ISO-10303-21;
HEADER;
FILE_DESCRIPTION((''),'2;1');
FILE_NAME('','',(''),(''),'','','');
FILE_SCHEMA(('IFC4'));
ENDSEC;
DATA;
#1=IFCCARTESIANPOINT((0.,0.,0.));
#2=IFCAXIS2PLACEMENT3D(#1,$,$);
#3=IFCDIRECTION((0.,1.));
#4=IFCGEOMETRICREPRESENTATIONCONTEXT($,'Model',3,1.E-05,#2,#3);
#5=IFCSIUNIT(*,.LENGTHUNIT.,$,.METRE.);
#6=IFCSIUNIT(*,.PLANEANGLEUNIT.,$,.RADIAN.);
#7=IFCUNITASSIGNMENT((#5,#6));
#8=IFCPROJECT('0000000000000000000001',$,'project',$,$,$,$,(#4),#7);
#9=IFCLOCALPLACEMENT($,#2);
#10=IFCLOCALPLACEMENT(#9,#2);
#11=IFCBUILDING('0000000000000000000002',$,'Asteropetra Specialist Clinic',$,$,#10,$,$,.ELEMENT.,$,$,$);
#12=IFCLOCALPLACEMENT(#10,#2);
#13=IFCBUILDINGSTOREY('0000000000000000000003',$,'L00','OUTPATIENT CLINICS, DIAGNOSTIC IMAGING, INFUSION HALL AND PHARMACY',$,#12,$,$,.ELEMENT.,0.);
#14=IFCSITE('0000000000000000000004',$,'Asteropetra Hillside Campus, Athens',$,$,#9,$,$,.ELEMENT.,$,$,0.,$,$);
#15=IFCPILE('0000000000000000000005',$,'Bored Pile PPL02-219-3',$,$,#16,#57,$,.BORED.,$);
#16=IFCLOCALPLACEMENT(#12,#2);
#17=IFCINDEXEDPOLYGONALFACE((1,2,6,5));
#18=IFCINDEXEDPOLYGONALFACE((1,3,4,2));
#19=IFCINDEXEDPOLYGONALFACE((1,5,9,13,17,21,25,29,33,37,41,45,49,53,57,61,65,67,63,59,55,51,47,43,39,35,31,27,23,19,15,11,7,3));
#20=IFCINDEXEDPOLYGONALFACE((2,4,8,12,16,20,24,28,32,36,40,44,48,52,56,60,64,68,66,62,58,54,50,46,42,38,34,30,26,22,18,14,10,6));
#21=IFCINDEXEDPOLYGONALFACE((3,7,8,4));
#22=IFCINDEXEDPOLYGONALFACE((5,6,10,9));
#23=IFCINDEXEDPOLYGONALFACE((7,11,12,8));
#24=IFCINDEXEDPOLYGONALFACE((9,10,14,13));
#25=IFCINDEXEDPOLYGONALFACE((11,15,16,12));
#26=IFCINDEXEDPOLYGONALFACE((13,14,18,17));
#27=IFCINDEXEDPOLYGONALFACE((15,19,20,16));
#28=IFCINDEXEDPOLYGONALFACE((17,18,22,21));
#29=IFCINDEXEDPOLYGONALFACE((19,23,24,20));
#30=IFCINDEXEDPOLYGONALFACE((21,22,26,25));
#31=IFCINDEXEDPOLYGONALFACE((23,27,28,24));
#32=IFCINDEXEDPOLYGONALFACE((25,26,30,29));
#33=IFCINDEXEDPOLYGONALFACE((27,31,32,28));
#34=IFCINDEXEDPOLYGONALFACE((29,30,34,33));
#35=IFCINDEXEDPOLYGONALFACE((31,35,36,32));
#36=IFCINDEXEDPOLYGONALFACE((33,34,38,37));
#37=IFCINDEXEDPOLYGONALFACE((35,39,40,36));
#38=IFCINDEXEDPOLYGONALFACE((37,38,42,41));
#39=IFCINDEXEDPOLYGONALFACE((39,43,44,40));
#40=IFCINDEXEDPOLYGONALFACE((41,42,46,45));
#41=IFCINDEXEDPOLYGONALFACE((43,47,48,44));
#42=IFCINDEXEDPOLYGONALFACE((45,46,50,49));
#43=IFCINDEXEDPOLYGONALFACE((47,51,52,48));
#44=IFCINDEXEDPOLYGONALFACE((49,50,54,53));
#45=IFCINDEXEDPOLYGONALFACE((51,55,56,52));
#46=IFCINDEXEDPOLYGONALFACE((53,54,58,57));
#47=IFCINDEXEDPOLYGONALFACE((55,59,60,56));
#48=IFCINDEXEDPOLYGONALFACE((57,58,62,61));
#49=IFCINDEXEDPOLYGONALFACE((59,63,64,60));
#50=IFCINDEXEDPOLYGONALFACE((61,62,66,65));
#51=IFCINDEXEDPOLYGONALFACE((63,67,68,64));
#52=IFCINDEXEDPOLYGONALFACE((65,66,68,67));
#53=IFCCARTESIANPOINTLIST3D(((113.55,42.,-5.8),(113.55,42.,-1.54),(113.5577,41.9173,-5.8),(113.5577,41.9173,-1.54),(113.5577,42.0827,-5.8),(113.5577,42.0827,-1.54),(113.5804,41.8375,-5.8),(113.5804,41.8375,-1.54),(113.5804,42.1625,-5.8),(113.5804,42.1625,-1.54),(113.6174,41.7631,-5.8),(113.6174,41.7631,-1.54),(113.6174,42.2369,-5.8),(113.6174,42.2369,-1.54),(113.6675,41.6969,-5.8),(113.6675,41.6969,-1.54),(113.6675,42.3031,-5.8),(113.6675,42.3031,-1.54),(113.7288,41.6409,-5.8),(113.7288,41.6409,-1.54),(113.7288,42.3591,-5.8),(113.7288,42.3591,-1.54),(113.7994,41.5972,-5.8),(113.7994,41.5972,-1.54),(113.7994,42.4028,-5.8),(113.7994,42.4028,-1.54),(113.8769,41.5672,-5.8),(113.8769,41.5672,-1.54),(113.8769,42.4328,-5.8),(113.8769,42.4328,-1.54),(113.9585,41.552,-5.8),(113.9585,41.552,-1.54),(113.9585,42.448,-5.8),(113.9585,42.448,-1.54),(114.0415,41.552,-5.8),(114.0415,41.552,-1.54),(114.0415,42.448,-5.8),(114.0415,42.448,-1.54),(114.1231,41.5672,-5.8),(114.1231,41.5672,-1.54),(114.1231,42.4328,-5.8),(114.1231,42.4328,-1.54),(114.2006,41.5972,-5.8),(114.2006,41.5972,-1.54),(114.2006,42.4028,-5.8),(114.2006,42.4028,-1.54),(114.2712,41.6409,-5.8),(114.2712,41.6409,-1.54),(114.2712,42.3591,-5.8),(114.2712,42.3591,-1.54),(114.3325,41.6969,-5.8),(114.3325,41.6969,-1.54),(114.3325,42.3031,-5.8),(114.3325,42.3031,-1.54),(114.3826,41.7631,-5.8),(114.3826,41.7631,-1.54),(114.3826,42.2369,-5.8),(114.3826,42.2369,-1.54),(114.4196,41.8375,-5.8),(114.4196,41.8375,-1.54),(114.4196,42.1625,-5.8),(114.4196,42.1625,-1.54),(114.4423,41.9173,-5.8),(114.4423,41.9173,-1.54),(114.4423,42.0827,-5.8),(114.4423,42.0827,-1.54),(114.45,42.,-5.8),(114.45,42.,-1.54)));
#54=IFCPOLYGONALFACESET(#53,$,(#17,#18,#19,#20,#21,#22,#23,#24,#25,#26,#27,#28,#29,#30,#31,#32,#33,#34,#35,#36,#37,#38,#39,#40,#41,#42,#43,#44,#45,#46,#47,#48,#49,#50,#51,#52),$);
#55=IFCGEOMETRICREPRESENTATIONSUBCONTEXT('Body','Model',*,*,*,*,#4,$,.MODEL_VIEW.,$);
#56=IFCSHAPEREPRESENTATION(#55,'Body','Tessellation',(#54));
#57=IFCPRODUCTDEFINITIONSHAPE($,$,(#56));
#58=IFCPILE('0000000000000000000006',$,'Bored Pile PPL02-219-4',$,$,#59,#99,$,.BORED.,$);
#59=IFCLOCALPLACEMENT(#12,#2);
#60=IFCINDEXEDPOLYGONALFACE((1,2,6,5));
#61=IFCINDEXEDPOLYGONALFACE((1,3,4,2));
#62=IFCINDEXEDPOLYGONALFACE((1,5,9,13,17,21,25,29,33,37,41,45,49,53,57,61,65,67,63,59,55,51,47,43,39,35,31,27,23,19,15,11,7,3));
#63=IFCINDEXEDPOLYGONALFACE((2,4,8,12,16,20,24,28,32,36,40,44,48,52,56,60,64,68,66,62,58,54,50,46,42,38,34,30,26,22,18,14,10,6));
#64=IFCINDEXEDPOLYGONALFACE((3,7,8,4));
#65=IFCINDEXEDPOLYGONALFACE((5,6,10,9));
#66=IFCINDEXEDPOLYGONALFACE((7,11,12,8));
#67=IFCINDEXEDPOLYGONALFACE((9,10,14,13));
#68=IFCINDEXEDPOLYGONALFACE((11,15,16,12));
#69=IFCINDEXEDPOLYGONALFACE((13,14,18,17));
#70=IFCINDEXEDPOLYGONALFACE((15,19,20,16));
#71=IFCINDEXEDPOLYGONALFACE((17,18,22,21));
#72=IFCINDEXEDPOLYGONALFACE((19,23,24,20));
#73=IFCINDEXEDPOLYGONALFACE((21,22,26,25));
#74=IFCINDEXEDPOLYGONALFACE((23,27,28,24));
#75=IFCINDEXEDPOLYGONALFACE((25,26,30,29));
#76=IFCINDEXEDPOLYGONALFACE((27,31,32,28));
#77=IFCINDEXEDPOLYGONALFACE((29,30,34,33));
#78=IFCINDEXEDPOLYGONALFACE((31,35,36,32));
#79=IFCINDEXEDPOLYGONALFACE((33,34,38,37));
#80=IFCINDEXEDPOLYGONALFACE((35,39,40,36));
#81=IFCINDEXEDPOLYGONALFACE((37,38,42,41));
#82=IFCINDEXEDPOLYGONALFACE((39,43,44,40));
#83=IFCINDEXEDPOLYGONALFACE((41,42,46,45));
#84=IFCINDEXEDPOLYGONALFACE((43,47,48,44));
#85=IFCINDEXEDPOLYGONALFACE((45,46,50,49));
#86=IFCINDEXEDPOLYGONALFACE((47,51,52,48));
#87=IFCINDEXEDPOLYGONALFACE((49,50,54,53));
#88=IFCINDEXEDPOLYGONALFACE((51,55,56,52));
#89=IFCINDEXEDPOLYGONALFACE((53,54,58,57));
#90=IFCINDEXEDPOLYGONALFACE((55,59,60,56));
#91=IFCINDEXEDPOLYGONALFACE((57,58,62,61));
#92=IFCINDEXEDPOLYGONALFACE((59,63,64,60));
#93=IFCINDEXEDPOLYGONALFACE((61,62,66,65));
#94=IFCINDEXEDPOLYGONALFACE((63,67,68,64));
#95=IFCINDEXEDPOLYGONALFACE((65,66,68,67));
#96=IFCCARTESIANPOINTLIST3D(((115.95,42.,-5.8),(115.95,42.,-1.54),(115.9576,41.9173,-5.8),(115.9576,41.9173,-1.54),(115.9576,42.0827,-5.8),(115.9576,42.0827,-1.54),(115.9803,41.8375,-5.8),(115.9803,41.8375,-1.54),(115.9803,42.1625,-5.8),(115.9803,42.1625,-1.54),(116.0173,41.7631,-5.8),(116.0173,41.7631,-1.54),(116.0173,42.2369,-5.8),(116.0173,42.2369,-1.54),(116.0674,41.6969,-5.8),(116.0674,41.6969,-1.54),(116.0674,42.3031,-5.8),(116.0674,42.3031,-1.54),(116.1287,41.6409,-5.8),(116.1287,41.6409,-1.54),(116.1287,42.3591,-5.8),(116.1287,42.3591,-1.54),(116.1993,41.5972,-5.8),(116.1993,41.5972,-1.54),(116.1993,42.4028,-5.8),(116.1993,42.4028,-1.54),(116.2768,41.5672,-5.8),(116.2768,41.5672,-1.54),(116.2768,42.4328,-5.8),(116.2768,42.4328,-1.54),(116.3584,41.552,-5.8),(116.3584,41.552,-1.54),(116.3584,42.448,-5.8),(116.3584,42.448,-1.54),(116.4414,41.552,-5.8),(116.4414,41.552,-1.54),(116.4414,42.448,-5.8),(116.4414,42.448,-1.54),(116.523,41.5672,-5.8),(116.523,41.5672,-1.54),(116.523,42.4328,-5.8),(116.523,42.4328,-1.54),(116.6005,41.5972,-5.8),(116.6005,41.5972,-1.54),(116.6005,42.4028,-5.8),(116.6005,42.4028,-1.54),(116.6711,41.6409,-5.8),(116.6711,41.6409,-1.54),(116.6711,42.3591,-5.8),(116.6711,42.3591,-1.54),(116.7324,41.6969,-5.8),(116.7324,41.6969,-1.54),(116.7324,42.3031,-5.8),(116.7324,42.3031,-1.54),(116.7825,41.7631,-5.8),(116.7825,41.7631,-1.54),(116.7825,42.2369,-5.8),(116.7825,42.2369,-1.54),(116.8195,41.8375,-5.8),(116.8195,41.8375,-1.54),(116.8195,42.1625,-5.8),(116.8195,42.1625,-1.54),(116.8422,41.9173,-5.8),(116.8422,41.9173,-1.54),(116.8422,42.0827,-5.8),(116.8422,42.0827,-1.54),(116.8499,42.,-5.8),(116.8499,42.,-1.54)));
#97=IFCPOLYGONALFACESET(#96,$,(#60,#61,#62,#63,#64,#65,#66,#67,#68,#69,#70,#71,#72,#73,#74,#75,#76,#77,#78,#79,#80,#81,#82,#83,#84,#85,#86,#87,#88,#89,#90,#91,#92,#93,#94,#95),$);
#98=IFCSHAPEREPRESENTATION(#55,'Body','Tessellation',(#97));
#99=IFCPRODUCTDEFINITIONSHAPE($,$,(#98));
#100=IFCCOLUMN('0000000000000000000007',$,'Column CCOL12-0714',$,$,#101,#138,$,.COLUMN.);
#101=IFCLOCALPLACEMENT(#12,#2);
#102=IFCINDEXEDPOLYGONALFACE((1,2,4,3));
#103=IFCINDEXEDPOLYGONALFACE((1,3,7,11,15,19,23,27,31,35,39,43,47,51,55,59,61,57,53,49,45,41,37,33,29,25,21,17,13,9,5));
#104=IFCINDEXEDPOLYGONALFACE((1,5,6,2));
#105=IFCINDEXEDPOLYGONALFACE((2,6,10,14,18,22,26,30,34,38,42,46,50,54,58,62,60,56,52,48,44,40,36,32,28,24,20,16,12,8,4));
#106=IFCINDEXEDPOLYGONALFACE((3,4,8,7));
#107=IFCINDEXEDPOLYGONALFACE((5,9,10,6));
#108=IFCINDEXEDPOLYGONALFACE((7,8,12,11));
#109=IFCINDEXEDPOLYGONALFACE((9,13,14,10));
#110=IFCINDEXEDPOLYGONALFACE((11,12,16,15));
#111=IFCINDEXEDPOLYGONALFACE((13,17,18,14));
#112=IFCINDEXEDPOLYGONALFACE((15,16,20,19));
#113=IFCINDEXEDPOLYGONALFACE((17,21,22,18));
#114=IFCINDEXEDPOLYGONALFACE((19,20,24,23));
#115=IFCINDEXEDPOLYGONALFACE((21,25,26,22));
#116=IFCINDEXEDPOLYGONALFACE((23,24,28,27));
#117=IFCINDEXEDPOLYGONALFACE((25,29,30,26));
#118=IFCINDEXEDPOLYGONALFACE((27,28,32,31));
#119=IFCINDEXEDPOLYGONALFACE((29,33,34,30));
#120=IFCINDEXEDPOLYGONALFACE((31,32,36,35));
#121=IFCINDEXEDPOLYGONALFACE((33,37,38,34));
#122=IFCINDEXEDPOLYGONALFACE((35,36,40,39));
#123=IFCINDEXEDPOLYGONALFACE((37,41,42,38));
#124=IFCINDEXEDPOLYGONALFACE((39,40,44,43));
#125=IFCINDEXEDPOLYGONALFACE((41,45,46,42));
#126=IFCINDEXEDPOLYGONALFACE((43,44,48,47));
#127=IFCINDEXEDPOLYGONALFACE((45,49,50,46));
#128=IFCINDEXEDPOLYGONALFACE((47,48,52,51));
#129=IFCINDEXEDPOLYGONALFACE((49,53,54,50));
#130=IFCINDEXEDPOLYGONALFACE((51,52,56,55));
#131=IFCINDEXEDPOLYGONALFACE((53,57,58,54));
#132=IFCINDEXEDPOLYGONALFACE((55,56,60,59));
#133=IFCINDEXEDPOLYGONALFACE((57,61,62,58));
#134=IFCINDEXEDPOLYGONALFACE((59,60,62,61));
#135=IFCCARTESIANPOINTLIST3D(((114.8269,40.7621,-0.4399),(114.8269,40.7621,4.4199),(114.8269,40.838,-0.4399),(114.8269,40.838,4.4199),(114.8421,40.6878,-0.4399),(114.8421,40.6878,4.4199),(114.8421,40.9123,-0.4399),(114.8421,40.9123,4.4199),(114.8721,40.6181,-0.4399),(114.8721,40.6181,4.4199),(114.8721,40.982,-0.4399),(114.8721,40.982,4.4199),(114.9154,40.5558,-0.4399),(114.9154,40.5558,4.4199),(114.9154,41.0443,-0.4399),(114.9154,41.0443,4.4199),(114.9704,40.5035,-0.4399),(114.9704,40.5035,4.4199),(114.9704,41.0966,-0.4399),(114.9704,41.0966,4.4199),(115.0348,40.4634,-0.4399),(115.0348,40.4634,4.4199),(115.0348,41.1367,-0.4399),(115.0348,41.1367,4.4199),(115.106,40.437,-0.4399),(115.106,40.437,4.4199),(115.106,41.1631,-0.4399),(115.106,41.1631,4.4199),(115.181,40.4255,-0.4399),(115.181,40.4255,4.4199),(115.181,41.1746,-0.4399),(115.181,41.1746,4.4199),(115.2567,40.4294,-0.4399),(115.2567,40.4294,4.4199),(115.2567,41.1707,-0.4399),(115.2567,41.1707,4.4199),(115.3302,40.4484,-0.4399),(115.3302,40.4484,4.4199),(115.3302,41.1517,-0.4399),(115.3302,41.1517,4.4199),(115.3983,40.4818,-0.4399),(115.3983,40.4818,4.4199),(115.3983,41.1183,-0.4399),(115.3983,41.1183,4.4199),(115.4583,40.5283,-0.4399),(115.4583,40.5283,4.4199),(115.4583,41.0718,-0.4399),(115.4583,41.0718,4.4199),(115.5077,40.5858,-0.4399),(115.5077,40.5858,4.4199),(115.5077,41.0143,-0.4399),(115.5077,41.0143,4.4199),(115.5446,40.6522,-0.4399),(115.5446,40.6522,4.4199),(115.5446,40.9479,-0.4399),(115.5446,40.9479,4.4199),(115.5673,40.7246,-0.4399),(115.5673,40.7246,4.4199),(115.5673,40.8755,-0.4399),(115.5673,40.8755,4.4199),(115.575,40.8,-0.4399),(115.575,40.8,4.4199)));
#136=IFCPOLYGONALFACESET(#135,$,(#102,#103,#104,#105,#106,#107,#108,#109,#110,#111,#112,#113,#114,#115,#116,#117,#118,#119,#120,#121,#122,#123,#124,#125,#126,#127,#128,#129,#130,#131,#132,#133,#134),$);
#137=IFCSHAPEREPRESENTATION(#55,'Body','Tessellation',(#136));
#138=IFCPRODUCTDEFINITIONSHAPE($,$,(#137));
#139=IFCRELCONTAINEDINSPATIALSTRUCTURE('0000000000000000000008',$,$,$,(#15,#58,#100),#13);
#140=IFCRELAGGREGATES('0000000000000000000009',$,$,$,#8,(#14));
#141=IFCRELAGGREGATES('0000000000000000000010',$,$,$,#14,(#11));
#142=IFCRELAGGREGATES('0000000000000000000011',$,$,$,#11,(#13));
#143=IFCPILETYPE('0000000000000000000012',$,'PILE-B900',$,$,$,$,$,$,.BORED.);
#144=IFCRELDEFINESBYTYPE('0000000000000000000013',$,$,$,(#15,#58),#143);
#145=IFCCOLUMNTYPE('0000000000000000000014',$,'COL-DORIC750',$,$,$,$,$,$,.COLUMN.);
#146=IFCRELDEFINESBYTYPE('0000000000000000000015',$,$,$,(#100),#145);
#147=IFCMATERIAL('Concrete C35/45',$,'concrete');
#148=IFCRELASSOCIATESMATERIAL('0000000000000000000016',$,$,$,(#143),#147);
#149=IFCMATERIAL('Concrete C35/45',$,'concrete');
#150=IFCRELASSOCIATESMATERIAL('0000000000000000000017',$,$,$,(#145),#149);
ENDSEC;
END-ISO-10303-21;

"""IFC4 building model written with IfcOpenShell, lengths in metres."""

from ifc_helpers import new_model, si_unit, direction, frame, origin, origin_2d, place, context, subcontext, project, spatial, circle, extrude, material, material_profile, profile_set, type_object, element, save


model = new_model("IFC4")

# Units and contexts
model_context = context("Model", 3, precision=1e-05, world=origin(), true_north=direction((0.0, 1.0)))
body_context = subcontext(model_context, "Body", "Model", "MODEL_VIEW")
ifc_project = project(units=[si_unit("LENGTHUNIT", "METRE"), si_unit("PLANEANGLEUNIT", "RADIAN")], contexts=[model_context])

# Site, building, storey
site_placement = place(None, origin())
site = spatial("IfcSite", under=ifc_project, at=site_placement, Name="Asteropetra Hillside Campus, Athens", CompositionType="ELEMENT", RefElevation=0.0)
building_placement = place(site_placement, origin())
building = spatial("IfcBuilding", under=site, at=building_placement, Name="Asteropetra Specialist Clinic", CompositionType="ELEMENT")
storey_placement = place(building_placement, origin())
storey = spatial("IfcBuildingStorey", under=building, at=storey_placement, Name="L00", Description="OUTPATIENT CLINICS, DIAGNOSTIC IMAGING, INFUSION HALL AND PHARMACY", CompositionType="ELEMENT", Elevation=0.0)

# Piles
ifc_material_1 = material(Name="Concrete C35/45", Category="concrete")
ifc_material_profile_1 = material_profile(ifc_material_1, circle(Radius=0.45, at=origin_2d()), Name="PILE D900")
ifc_profile_set_1 = profile_set([ifc_material_profile_1], Name="Concrete C35/45")
pile_type_1 = type_object("IfcPileType", Name="PILE-B900", PredefinedType="BORED", material=ifc_profile_set_1)
for number, where, z_axis, x_axis, name in (
    (1, (114.0, 42.0, -1.54), (0.0, 0.0, -1.0), (1.0, 0.0, 0.0), "Bored Pile PPL02-219-3"),
    (2, (116.3999, 42.0, -1.54), (0.0, 0.0, -1.0), (1.0, 0.0, 0.0), "Bored Pile PPL02-219-4"),
):
    element("IfcPile", number, at=place(storey_placement, frame(where, z_axis=z_axis, x_axis=x_axis)), inside=storey, type_object=pile_type_1, Name=name, PredefinedType="BORED", context=body_context, shape_type="SweptSolid", body=[
        extrude(circle(Radius=0.45, at=origin_2d()), origin(), (0.0, 0.0, 1.0), 4.26),
    ])

# Column
ifc_material_2 = material(Name="Concrete C35/45", Category="concrete")
ifc_material_profile_2 = material_profile(ifc_material_2, circle(Radius=0.375, at=origin_2d()), Name="RCC D750")
ifc_profile_set_2 = profile_set([ifc_material_profile_2], Name="Concrete C35/45")
column_type = type_object("IfcColumnType", Name="COL-DORIC750", PredefinedType="COLUMN", material=ifc_profile_set_2)
column_placement = place(storey_placement, frame((115.2, 40.8, -0.4399), z_axis=(0.0, 0.0, 1.0), x_axis=(1.0, 0.0, 0.0)))
element("IfcColumn", 3, at=column_placement, inside=storey, type_object=column_type, Name="Column CCOL12-0714", PredefinedType="COLUMN", context=body_context, shape_type="SweptSolid", body=[
    extrude(circle(Radius=0.375, at=origin_2d()), origin(), (0.0, 0.0, 1.0), 4.8599),
])

save(model, "model.ifc")
